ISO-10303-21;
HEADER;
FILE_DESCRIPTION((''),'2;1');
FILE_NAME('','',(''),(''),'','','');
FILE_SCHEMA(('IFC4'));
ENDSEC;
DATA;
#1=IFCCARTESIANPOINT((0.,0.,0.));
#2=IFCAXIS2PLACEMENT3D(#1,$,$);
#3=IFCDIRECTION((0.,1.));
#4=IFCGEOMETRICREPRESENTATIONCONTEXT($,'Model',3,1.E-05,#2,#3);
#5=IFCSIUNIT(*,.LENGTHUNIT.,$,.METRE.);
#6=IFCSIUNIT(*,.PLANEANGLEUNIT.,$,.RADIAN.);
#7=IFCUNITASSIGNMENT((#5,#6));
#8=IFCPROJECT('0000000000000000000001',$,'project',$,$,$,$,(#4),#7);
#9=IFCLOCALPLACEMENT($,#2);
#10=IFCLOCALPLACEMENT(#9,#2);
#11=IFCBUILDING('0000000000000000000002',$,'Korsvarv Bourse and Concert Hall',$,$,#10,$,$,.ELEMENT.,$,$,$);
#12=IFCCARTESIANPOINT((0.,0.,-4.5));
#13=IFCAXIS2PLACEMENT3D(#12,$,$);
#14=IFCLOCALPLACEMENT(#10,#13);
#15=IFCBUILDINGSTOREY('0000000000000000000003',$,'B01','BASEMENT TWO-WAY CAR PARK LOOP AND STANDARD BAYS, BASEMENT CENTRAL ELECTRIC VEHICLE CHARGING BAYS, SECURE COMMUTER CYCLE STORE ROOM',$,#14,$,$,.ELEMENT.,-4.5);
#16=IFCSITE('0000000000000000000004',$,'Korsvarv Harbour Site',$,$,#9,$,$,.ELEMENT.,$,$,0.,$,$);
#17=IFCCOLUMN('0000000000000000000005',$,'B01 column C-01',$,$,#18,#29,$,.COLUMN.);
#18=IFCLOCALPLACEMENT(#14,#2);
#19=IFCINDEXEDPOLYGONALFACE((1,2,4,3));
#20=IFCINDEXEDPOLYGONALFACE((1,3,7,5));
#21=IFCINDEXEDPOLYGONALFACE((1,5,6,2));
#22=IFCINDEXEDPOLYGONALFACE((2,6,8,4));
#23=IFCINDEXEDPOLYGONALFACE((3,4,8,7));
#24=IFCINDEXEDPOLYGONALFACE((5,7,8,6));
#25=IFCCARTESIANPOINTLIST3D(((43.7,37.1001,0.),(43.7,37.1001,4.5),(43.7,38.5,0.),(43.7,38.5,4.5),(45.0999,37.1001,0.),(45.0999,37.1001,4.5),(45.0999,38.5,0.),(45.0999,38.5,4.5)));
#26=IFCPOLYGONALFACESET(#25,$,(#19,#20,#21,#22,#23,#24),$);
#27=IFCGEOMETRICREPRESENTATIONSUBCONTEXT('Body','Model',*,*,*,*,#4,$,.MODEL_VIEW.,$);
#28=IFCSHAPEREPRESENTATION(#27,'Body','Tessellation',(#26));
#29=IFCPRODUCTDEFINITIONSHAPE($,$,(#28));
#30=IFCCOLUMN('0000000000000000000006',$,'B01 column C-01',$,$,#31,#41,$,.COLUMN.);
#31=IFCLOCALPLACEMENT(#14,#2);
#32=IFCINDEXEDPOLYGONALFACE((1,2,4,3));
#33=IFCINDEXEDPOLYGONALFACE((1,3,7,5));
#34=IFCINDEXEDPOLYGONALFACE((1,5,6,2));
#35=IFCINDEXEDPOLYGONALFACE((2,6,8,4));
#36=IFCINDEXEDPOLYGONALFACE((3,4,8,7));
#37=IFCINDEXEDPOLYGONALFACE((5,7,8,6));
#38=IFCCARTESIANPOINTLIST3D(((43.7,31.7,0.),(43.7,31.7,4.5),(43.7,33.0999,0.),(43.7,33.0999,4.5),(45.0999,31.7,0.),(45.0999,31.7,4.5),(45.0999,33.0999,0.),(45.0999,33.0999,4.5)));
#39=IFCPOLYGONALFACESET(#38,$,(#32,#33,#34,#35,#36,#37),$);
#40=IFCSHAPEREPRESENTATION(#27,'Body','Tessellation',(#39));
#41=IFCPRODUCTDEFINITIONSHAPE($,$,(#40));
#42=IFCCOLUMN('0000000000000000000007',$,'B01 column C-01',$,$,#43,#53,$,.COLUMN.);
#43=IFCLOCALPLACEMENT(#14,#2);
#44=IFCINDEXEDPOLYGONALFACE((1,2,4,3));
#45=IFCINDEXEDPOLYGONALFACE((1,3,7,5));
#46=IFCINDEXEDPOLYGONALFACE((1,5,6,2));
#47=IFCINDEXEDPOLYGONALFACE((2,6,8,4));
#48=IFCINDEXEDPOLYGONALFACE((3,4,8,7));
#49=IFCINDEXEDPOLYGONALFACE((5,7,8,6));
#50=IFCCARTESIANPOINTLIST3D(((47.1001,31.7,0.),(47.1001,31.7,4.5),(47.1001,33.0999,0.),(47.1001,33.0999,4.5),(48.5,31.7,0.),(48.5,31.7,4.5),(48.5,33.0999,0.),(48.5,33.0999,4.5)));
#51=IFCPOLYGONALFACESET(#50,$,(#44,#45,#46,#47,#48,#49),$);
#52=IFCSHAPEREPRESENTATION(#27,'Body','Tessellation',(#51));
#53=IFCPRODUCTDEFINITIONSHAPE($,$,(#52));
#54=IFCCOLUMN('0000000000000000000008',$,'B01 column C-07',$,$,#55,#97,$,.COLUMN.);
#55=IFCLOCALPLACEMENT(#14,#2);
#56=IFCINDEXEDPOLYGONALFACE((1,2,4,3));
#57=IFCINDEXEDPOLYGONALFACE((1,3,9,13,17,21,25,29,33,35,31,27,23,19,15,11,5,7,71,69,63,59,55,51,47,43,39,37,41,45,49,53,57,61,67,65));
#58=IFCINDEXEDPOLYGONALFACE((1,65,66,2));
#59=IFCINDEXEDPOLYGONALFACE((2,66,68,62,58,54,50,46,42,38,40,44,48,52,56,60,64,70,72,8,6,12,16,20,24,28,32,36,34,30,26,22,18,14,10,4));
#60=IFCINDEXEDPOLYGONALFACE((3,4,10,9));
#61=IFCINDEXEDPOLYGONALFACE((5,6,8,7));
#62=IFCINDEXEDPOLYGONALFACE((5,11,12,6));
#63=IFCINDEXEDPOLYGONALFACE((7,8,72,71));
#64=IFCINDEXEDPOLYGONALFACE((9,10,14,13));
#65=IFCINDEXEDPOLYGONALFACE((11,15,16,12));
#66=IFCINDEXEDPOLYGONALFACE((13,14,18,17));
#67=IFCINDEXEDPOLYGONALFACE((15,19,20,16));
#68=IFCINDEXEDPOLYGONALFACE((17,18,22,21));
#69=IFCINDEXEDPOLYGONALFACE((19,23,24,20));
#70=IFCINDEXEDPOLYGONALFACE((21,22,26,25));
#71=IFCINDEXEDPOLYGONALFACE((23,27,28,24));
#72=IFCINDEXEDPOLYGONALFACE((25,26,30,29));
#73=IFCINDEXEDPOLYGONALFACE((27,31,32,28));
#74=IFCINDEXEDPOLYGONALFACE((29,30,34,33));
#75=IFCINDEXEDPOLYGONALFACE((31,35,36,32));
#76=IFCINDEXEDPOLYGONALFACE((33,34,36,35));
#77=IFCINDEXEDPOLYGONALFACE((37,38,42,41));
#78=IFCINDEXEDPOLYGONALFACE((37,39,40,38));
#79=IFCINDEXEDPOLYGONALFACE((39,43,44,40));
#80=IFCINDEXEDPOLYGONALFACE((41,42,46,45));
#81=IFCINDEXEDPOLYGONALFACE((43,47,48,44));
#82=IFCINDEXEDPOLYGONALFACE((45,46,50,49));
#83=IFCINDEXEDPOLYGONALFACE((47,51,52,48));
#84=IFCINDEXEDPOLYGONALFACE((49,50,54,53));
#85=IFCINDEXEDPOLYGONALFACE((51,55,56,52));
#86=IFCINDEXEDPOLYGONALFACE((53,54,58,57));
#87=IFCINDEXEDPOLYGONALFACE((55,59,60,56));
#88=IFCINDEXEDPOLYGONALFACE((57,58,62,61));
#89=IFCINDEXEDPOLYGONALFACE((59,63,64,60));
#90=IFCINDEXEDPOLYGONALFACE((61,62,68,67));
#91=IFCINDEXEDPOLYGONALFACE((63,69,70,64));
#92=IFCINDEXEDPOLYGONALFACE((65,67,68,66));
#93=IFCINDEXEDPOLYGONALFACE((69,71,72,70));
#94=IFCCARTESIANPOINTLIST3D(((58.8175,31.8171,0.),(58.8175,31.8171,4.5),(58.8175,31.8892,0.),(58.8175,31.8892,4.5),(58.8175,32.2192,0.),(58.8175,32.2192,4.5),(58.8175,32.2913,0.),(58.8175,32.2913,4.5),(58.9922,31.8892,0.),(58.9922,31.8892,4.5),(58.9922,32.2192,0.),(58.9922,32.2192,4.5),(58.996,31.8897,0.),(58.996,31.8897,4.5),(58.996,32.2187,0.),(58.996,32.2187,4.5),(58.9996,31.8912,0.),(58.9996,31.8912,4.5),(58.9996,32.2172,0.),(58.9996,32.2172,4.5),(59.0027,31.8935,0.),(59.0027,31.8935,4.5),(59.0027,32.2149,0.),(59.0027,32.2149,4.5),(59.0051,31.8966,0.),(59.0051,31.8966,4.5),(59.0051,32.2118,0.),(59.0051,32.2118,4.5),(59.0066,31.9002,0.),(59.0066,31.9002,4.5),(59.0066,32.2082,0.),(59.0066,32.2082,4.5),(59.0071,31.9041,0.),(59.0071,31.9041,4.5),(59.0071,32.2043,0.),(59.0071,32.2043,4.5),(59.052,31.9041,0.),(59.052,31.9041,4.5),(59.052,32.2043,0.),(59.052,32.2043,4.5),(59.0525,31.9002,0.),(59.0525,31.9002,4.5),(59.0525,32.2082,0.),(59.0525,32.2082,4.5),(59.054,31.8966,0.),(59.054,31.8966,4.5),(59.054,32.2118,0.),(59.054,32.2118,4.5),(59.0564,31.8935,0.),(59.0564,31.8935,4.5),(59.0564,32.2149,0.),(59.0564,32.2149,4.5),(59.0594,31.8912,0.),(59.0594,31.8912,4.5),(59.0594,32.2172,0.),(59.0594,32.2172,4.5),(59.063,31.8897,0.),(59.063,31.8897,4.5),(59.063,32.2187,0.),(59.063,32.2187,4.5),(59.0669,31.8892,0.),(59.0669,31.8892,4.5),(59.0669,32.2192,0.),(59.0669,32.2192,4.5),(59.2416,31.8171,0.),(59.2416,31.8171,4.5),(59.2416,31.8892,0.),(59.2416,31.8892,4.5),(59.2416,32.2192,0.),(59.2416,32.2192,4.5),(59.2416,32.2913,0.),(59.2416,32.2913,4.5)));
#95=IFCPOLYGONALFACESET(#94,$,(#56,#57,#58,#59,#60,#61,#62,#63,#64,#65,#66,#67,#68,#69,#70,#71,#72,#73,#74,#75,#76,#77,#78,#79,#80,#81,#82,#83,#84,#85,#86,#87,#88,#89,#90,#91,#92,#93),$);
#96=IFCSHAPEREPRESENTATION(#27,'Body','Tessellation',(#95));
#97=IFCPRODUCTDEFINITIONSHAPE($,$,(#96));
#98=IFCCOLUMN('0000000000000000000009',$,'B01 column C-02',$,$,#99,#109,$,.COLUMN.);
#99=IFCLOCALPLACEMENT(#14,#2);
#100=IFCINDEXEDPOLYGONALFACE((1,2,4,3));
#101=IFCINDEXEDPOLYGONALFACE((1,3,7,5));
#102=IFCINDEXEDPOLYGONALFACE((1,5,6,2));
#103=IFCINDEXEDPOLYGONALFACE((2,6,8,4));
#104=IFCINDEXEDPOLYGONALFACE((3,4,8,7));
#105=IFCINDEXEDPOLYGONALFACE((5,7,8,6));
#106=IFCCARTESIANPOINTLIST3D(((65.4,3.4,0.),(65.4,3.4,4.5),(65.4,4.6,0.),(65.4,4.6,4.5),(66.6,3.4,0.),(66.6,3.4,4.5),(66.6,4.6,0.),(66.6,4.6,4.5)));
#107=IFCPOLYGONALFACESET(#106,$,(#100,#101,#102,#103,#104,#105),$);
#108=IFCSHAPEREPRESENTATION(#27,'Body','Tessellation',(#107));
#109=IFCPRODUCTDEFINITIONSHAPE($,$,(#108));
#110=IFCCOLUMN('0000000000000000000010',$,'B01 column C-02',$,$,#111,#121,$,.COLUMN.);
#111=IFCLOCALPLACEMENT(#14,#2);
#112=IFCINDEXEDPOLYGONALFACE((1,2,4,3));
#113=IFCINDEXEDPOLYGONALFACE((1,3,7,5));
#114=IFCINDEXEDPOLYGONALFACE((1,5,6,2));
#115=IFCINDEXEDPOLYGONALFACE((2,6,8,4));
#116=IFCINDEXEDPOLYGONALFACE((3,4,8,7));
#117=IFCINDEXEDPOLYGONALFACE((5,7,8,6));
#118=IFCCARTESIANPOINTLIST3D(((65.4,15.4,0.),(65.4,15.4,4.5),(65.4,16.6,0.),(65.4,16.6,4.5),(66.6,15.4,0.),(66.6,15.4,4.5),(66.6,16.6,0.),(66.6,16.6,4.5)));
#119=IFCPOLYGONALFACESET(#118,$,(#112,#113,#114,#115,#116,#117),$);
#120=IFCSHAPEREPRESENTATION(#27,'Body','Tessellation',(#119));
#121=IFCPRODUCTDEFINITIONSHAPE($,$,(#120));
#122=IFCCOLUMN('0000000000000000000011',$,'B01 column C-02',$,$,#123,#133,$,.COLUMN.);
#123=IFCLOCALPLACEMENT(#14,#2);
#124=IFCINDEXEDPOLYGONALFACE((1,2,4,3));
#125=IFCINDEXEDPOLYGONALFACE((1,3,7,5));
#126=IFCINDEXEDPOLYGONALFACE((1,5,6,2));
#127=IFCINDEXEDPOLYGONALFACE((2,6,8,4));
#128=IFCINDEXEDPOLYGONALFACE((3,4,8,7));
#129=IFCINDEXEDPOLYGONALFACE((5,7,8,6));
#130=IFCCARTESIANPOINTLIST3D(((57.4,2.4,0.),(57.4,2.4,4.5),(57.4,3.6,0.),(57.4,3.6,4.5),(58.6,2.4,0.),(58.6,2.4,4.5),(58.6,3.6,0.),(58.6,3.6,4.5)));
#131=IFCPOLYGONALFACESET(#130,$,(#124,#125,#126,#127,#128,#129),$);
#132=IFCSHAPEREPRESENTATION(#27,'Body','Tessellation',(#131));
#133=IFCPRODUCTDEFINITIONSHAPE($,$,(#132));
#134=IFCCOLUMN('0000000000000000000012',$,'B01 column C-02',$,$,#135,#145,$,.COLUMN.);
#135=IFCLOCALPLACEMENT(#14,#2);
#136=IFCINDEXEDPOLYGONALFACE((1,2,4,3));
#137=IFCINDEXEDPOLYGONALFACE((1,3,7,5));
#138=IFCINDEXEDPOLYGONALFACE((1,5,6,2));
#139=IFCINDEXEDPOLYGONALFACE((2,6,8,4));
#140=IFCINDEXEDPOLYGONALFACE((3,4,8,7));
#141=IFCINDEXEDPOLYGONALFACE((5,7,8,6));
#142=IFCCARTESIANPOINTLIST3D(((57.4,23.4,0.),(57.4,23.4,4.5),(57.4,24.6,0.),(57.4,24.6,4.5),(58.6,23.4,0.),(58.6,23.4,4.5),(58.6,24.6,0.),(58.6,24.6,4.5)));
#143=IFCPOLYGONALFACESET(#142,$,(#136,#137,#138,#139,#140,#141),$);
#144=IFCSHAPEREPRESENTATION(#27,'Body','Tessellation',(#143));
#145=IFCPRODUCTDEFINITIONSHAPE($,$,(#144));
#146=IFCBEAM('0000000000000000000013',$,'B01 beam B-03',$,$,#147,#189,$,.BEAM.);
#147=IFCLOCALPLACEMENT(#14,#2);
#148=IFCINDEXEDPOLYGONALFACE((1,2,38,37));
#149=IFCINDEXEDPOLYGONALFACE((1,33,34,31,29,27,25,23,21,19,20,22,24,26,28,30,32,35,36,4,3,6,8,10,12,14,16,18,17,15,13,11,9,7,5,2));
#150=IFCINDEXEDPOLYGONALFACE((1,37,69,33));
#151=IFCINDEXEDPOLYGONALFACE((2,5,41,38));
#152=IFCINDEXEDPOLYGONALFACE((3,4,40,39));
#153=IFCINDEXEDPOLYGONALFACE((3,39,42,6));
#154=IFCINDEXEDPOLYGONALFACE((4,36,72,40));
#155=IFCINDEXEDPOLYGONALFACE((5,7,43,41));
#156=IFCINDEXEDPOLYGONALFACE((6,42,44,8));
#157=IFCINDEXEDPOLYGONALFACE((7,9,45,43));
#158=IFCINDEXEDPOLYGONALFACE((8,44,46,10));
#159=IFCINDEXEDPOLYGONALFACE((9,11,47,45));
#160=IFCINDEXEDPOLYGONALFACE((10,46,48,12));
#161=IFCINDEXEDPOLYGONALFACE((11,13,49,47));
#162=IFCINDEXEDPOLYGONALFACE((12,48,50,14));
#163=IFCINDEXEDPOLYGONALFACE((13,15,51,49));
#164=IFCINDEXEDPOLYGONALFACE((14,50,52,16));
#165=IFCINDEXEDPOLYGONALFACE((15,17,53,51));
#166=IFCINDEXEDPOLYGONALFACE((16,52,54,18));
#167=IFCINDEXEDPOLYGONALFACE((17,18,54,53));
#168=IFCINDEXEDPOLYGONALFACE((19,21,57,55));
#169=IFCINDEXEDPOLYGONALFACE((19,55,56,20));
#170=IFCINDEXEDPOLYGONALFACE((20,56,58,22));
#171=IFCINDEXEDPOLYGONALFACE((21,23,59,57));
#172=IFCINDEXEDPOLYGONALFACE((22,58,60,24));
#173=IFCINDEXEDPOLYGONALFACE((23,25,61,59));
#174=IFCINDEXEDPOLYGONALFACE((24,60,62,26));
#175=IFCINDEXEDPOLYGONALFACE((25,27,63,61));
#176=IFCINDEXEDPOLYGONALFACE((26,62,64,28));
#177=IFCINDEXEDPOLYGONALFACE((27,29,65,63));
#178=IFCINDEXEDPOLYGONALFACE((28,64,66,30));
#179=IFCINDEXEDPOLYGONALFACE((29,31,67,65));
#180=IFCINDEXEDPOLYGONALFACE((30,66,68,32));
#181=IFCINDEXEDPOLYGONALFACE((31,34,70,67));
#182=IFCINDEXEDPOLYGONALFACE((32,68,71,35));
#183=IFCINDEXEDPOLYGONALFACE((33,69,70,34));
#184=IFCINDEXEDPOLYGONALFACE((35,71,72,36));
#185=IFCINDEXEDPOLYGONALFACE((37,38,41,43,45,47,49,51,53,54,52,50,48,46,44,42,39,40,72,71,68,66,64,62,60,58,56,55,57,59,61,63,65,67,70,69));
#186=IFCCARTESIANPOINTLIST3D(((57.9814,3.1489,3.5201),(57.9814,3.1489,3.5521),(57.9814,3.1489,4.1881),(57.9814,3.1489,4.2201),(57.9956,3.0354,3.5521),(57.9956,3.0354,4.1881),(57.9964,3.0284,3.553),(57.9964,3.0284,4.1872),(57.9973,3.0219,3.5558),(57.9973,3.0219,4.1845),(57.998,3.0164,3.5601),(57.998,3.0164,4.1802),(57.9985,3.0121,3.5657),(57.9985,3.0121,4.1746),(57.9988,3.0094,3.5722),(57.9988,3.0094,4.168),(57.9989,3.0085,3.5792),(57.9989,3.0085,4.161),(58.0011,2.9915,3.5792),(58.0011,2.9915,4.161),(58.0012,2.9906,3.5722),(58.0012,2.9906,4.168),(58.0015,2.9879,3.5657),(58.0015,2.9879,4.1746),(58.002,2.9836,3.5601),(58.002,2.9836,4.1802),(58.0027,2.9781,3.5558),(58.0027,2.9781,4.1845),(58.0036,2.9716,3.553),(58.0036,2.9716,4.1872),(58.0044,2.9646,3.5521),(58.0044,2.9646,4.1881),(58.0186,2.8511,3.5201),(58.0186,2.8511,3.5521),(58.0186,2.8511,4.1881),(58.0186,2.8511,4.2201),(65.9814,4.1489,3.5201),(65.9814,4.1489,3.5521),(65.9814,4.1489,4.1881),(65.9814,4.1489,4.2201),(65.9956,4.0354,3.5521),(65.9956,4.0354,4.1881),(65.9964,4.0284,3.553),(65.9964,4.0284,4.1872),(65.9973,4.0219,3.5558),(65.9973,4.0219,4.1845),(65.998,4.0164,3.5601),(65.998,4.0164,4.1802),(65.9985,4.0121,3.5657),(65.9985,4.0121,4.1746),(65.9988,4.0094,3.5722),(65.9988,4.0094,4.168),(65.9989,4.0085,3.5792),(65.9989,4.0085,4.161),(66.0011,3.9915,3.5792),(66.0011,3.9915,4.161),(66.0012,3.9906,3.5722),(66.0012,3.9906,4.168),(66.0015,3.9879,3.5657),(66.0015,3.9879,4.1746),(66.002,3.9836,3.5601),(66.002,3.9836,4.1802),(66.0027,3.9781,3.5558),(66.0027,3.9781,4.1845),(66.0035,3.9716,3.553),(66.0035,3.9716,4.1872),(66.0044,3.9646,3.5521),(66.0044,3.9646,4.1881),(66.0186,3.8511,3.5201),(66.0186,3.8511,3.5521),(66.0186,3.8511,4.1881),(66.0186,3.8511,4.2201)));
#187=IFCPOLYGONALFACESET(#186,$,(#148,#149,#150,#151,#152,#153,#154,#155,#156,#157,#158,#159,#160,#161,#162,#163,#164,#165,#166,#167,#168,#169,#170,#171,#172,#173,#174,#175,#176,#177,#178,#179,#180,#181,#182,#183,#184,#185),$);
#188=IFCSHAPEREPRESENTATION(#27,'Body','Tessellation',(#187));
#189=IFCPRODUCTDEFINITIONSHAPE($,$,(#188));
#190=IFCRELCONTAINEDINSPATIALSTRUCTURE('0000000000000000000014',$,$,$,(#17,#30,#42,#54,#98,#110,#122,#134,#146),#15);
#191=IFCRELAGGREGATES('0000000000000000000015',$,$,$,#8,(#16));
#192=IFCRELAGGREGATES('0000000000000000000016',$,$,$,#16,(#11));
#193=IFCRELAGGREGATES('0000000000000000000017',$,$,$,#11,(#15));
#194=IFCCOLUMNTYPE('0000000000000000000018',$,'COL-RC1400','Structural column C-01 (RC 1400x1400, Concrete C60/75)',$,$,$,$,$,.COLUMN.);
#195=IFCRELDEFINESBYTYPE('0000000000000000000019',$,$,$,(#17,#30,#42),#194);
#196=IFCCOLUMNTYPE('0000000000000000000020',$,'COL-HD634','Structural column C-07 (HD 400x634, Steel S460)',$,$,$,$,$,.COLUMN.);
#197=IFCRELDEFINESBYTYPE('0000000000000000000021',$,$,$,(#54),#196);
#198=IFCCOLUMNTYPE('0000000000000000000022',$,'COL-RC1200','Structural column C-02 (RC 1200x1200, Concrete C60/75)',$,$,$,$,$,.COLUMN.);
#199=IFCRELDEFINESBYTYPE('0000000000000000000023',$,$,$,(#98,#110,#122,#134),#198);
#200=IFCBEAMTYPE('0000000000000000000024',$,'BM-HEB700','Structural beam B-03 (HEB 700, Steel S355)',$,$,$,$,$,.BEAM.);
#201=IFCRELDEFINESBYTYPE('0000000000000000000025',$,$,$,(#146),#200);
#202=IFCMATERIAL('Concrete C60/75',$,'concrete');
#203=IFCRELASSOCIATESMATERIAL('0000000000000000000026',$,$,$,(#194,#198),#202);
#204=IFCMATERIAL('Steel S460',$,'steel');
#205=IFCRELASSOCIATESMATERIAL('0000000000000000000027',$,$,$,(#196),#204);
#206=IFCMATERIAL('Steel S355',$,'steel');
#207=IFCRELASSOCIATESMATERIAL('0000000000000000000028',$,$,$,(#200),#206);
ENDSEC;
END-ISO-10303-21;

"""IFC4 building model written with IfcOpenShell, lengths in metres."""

from ifc_helpers import new_model, si_unit, direction, frame, origin, origin_2d, place, context, subcontext, project, spatial, rectangle, i_section, extrude, source, transform, mapped, material, material_profile, profile_set, type_object, element, save


model = new_model("IFC4")

# Units and contexts
model_context = context("Model", 3, precision=1e-05, world=origin(), true_north=direction((0.0, 1.0)))
body_context = subcontext(model_context, "Body", "Model", "MODEL_VIEW")
ifc_project = project(units=[si_unit("LENGTHUNIT", "METRE"), si_unit("PLANEANGLEUNIT", "RADIAN")], contexts=[model_context])

# Site, building, storey
site_placement = place(None, origin())
site = spatial("IfcSite", under=ifc_project, at=site_placement, Name="Korsvarv Harbour Site", CompositionType="ELEMENT", RefElevation=0.0)
building_placement = place(site_placement, origin())
building = spatial("IfcBuilding", under=site, at=building_placement, Name="Korsvarv Bourse and Concert Hall", CompositionType="ELEMENT")
storey_placement = place(building_placement, frame((0.0, 0.0, -4.5)))
storey = spatial("IfcBuildingStorey", under=building, at=storey_placement, Name="B01", Description="BASEMENT TWO-WAY CAR PARK LOOP AND STANDARD BAYS, BASEMENT CENTRAL ELECTRIC VEHICLE CHARGING BAYS, SECURE COMMUTER CYCLE STORE ROOM", CompositionType="ELEMENT", Elevation=-4.5)

# Columns
ifc_material_1 = material(Name="Concrete C60/75", Category="concrete")
ifc_material_profile_1 = material_profile(ifc_material_1, rectangle(XDim=1.3999, YDim=1.3999, at=origin_2d()), Name="RC 1400x1400")
ifc_profile_set_1 = profile_set([ifc_material_profile_1], Name="Concrete C60/75")
column_type_1 = type_object("IfcColumnType", Name="COL-RC1400", Description="Structural column C-01 (RC 1400x1400, Concrete C60/75)", PredefinedType="COLUMN", material=ifc_profile_set_1)
shared_shape_1 = source(origin(), body_context, "Body", "SweptSolid", [
    extrude(rectangle(XDim=1.3999, YDim=1.3999, at=origin_2d()), origin(), (0.0, 0.0, 1.0), 4.5),
])
for number, where, z_axis, x_axis, name in (
    (1, (44.3999, 37.8, 0.0), (0.0, 0.0, 1.0), (1.0, 0.0, 0.0), "B01 column C-01"),
    (2, (44.3999, 32.3999, 0.0), (0.0, 0.0, 1.0), (1.0, 0.0, 0.0), "B01 column C-01"),
    (3, (47.8, 32.3999, 0.0), (0.0, 0.0, 1.0), (1.0, 0.0, 0.0), "B01 column C-01"),
):
    element("IfcColumn", number, at=place(storey_placement, frame(where, z_axis=z_axis, x_axis=x_axis)), inside=storey, type_object=column_type_1, Name=name, PredefinedType="COLUMN", context=body_context, shape_type="MappedRepresentation", body=[
        mapped(shared_shape_1, transform((0.0, 0.0, 0.0), scale=1.0)),
    ])
ifc_material_2 = material(Name="Steel S460", Category="steel")
ifc_material_profile_2 = material_profile(ifc_material_2, i_section(OverallWidth=0.4241, OverallDepth=0.4741, WebThickness=0.0449, FlangeThickness=0.072, FilletRadius=0.0149, at=origin_2d()), Name="HD 400x634")
ifc_profile_set_2 = profile_set([ifc_material_profile_2], Name="Steel S460")
column_type_2 = type_object("IfcColumnType", Name="COL-HD634", Description="Structural column C-07 (HD 400x634, Steel S460)", PredefinedType="COLUMN", material=ifc_profile_set_2)
shared_shape_2 = source(origin(), body_context, "Body", "SweptSolid", [
    extrude(i_section(OverallWidth=0.4241, OverallDepth=0.4741, WebThickness=0.0449, FlangeThickness=0.072, FilletRadius=0.0149, at=origin_2d()), origin(), (0.0, 0.0, 1.0), 4.5),
])
column_placement = place(storey_placement, frame((59.0295, 32.0542, 0.0), z_axis=(0.0, 0.0, 1.0), x_axis=(1.0, 0.0, 0.0)))
element("IfcColumn", 4, at=column_placement, inside=storey, type_object=column_type_2, Name="B01 column C-07", PredefinedType="COLUMN", context=body_context, shape_type="MappedRepresentation", body=[
    mapped(shared_shape_2, transform((0.0, 0.0, 0.0), scale=1.0)),
])
ifc_material_profile_3 = material_profile(ifc_material_1, rectangle(XDim=1.2, YDim=1.2, at=origin_2d()), Name="RC 1200x1200")
ifc_profile_set_3 = profile_set([ifc_material_profile_3], Name="Concrete C60/75")
column_type_3 = type_object("IfcColumnType", Name="COL-RC1200", Description="Structural column C-02 (RC 1200x1200, Concrete C60/75)", PredefinedType="COLUMN", material=ifc_profile_set_3)
shared_shape_3 = source(origin(), body_context, "Body", "SweptSolid", [
    extrude(rectangle(XDim=1.2, YDim=1.2, at=origin_2d()), origin(), (0.0, 0.0, 1.0), 4.5),
])
for number, where, z_axis, x_axis, name in (
    (5, (66.0, 4.0, 0.0), (0.0, 0.0, 1.0), (1.0, 0.0, 0.0), "B01 column C-02"),
    (6, (66.0, 16.0, 0.0), (0.0, 0.0, 1.0), (1.0, 0.0, 0.0), "B01 column C-02"),
    (7, (58.0, 3.0, 0.0), (0.0, 0.0, 1.0), (1.0, 0.0, 0.0), "B01 column C-02"),
    (8, (58.0, 24.0, 0.0), (0.0, 0.0, 1.0), (1.0, 0.0, 0.0), "B01 column C-02"),
):
    element("IfcColumn", number, at=place(storey_placement, frame(where, z_axis=z_axis, x_axis=x_axis)), inside=storey, type_object=column_type_3, Name=name, PredefinedType="COLUMN", context=body_context, shape_type="MappedRepresentation", body=[
        mapped(shared_shape_3, transform((0.0, 0.0, 0.0), scale=1.0)),
    ])

# Beam
ifc_material_3 = material(Name="Steel S355", Category="steel")
ifc_material_profile_4 = material_profile(ifc_material_3, i_section(OverallWidth=0.3, OverallDepth=0.7, WebThickness=0.0171, FlangeThickness=0.032, FilletRadius=0.0271, at=origin_2d()), Name="HEB 700")
ifc_profile_set_4 = profile_set([ifc_material_profile_4], Name="Steel S355")
beam_type_1 = type_object("IfcBeamType", Name="BM-HEB700", Description="Structural beam B-03 (HEB 700, Steel S355)", PredefinedType="BEAM", material=ifc_profile_set_4)
shared_shape_4 = source(origin(), body_context, "Body", "SweptSolid", [
    extrude(i_section(OverallWidth=0.3, OverallDepth=0.7, WebThickness=0.0171, FlangeThickness=0.032, FilletRadius=0.0271, at=origin_2d()), origin(), (0.0, 0.0, 1.0), 8.0623),
])
beam_1_placement = place(storey_placement, frame((58.0, 3.0, 3.8701), z_axis=(0.992278, 0.124035, 0.0), x_axis=(-0.124035, 0.992278, 0.0)))
element("IfcBeam", 9, at=beam_1_placement, inside=storey, type_object=beam_type_1, Name="B01 beam B-03", PredefinedType="BEAM", context=body_context, shape_type="MappedRepresentation", body=[
    mapped(shared_shape_4, transform((0.0, 0.0, 0.0), scale=1.0)),
])

save(model, "model.ifc")
